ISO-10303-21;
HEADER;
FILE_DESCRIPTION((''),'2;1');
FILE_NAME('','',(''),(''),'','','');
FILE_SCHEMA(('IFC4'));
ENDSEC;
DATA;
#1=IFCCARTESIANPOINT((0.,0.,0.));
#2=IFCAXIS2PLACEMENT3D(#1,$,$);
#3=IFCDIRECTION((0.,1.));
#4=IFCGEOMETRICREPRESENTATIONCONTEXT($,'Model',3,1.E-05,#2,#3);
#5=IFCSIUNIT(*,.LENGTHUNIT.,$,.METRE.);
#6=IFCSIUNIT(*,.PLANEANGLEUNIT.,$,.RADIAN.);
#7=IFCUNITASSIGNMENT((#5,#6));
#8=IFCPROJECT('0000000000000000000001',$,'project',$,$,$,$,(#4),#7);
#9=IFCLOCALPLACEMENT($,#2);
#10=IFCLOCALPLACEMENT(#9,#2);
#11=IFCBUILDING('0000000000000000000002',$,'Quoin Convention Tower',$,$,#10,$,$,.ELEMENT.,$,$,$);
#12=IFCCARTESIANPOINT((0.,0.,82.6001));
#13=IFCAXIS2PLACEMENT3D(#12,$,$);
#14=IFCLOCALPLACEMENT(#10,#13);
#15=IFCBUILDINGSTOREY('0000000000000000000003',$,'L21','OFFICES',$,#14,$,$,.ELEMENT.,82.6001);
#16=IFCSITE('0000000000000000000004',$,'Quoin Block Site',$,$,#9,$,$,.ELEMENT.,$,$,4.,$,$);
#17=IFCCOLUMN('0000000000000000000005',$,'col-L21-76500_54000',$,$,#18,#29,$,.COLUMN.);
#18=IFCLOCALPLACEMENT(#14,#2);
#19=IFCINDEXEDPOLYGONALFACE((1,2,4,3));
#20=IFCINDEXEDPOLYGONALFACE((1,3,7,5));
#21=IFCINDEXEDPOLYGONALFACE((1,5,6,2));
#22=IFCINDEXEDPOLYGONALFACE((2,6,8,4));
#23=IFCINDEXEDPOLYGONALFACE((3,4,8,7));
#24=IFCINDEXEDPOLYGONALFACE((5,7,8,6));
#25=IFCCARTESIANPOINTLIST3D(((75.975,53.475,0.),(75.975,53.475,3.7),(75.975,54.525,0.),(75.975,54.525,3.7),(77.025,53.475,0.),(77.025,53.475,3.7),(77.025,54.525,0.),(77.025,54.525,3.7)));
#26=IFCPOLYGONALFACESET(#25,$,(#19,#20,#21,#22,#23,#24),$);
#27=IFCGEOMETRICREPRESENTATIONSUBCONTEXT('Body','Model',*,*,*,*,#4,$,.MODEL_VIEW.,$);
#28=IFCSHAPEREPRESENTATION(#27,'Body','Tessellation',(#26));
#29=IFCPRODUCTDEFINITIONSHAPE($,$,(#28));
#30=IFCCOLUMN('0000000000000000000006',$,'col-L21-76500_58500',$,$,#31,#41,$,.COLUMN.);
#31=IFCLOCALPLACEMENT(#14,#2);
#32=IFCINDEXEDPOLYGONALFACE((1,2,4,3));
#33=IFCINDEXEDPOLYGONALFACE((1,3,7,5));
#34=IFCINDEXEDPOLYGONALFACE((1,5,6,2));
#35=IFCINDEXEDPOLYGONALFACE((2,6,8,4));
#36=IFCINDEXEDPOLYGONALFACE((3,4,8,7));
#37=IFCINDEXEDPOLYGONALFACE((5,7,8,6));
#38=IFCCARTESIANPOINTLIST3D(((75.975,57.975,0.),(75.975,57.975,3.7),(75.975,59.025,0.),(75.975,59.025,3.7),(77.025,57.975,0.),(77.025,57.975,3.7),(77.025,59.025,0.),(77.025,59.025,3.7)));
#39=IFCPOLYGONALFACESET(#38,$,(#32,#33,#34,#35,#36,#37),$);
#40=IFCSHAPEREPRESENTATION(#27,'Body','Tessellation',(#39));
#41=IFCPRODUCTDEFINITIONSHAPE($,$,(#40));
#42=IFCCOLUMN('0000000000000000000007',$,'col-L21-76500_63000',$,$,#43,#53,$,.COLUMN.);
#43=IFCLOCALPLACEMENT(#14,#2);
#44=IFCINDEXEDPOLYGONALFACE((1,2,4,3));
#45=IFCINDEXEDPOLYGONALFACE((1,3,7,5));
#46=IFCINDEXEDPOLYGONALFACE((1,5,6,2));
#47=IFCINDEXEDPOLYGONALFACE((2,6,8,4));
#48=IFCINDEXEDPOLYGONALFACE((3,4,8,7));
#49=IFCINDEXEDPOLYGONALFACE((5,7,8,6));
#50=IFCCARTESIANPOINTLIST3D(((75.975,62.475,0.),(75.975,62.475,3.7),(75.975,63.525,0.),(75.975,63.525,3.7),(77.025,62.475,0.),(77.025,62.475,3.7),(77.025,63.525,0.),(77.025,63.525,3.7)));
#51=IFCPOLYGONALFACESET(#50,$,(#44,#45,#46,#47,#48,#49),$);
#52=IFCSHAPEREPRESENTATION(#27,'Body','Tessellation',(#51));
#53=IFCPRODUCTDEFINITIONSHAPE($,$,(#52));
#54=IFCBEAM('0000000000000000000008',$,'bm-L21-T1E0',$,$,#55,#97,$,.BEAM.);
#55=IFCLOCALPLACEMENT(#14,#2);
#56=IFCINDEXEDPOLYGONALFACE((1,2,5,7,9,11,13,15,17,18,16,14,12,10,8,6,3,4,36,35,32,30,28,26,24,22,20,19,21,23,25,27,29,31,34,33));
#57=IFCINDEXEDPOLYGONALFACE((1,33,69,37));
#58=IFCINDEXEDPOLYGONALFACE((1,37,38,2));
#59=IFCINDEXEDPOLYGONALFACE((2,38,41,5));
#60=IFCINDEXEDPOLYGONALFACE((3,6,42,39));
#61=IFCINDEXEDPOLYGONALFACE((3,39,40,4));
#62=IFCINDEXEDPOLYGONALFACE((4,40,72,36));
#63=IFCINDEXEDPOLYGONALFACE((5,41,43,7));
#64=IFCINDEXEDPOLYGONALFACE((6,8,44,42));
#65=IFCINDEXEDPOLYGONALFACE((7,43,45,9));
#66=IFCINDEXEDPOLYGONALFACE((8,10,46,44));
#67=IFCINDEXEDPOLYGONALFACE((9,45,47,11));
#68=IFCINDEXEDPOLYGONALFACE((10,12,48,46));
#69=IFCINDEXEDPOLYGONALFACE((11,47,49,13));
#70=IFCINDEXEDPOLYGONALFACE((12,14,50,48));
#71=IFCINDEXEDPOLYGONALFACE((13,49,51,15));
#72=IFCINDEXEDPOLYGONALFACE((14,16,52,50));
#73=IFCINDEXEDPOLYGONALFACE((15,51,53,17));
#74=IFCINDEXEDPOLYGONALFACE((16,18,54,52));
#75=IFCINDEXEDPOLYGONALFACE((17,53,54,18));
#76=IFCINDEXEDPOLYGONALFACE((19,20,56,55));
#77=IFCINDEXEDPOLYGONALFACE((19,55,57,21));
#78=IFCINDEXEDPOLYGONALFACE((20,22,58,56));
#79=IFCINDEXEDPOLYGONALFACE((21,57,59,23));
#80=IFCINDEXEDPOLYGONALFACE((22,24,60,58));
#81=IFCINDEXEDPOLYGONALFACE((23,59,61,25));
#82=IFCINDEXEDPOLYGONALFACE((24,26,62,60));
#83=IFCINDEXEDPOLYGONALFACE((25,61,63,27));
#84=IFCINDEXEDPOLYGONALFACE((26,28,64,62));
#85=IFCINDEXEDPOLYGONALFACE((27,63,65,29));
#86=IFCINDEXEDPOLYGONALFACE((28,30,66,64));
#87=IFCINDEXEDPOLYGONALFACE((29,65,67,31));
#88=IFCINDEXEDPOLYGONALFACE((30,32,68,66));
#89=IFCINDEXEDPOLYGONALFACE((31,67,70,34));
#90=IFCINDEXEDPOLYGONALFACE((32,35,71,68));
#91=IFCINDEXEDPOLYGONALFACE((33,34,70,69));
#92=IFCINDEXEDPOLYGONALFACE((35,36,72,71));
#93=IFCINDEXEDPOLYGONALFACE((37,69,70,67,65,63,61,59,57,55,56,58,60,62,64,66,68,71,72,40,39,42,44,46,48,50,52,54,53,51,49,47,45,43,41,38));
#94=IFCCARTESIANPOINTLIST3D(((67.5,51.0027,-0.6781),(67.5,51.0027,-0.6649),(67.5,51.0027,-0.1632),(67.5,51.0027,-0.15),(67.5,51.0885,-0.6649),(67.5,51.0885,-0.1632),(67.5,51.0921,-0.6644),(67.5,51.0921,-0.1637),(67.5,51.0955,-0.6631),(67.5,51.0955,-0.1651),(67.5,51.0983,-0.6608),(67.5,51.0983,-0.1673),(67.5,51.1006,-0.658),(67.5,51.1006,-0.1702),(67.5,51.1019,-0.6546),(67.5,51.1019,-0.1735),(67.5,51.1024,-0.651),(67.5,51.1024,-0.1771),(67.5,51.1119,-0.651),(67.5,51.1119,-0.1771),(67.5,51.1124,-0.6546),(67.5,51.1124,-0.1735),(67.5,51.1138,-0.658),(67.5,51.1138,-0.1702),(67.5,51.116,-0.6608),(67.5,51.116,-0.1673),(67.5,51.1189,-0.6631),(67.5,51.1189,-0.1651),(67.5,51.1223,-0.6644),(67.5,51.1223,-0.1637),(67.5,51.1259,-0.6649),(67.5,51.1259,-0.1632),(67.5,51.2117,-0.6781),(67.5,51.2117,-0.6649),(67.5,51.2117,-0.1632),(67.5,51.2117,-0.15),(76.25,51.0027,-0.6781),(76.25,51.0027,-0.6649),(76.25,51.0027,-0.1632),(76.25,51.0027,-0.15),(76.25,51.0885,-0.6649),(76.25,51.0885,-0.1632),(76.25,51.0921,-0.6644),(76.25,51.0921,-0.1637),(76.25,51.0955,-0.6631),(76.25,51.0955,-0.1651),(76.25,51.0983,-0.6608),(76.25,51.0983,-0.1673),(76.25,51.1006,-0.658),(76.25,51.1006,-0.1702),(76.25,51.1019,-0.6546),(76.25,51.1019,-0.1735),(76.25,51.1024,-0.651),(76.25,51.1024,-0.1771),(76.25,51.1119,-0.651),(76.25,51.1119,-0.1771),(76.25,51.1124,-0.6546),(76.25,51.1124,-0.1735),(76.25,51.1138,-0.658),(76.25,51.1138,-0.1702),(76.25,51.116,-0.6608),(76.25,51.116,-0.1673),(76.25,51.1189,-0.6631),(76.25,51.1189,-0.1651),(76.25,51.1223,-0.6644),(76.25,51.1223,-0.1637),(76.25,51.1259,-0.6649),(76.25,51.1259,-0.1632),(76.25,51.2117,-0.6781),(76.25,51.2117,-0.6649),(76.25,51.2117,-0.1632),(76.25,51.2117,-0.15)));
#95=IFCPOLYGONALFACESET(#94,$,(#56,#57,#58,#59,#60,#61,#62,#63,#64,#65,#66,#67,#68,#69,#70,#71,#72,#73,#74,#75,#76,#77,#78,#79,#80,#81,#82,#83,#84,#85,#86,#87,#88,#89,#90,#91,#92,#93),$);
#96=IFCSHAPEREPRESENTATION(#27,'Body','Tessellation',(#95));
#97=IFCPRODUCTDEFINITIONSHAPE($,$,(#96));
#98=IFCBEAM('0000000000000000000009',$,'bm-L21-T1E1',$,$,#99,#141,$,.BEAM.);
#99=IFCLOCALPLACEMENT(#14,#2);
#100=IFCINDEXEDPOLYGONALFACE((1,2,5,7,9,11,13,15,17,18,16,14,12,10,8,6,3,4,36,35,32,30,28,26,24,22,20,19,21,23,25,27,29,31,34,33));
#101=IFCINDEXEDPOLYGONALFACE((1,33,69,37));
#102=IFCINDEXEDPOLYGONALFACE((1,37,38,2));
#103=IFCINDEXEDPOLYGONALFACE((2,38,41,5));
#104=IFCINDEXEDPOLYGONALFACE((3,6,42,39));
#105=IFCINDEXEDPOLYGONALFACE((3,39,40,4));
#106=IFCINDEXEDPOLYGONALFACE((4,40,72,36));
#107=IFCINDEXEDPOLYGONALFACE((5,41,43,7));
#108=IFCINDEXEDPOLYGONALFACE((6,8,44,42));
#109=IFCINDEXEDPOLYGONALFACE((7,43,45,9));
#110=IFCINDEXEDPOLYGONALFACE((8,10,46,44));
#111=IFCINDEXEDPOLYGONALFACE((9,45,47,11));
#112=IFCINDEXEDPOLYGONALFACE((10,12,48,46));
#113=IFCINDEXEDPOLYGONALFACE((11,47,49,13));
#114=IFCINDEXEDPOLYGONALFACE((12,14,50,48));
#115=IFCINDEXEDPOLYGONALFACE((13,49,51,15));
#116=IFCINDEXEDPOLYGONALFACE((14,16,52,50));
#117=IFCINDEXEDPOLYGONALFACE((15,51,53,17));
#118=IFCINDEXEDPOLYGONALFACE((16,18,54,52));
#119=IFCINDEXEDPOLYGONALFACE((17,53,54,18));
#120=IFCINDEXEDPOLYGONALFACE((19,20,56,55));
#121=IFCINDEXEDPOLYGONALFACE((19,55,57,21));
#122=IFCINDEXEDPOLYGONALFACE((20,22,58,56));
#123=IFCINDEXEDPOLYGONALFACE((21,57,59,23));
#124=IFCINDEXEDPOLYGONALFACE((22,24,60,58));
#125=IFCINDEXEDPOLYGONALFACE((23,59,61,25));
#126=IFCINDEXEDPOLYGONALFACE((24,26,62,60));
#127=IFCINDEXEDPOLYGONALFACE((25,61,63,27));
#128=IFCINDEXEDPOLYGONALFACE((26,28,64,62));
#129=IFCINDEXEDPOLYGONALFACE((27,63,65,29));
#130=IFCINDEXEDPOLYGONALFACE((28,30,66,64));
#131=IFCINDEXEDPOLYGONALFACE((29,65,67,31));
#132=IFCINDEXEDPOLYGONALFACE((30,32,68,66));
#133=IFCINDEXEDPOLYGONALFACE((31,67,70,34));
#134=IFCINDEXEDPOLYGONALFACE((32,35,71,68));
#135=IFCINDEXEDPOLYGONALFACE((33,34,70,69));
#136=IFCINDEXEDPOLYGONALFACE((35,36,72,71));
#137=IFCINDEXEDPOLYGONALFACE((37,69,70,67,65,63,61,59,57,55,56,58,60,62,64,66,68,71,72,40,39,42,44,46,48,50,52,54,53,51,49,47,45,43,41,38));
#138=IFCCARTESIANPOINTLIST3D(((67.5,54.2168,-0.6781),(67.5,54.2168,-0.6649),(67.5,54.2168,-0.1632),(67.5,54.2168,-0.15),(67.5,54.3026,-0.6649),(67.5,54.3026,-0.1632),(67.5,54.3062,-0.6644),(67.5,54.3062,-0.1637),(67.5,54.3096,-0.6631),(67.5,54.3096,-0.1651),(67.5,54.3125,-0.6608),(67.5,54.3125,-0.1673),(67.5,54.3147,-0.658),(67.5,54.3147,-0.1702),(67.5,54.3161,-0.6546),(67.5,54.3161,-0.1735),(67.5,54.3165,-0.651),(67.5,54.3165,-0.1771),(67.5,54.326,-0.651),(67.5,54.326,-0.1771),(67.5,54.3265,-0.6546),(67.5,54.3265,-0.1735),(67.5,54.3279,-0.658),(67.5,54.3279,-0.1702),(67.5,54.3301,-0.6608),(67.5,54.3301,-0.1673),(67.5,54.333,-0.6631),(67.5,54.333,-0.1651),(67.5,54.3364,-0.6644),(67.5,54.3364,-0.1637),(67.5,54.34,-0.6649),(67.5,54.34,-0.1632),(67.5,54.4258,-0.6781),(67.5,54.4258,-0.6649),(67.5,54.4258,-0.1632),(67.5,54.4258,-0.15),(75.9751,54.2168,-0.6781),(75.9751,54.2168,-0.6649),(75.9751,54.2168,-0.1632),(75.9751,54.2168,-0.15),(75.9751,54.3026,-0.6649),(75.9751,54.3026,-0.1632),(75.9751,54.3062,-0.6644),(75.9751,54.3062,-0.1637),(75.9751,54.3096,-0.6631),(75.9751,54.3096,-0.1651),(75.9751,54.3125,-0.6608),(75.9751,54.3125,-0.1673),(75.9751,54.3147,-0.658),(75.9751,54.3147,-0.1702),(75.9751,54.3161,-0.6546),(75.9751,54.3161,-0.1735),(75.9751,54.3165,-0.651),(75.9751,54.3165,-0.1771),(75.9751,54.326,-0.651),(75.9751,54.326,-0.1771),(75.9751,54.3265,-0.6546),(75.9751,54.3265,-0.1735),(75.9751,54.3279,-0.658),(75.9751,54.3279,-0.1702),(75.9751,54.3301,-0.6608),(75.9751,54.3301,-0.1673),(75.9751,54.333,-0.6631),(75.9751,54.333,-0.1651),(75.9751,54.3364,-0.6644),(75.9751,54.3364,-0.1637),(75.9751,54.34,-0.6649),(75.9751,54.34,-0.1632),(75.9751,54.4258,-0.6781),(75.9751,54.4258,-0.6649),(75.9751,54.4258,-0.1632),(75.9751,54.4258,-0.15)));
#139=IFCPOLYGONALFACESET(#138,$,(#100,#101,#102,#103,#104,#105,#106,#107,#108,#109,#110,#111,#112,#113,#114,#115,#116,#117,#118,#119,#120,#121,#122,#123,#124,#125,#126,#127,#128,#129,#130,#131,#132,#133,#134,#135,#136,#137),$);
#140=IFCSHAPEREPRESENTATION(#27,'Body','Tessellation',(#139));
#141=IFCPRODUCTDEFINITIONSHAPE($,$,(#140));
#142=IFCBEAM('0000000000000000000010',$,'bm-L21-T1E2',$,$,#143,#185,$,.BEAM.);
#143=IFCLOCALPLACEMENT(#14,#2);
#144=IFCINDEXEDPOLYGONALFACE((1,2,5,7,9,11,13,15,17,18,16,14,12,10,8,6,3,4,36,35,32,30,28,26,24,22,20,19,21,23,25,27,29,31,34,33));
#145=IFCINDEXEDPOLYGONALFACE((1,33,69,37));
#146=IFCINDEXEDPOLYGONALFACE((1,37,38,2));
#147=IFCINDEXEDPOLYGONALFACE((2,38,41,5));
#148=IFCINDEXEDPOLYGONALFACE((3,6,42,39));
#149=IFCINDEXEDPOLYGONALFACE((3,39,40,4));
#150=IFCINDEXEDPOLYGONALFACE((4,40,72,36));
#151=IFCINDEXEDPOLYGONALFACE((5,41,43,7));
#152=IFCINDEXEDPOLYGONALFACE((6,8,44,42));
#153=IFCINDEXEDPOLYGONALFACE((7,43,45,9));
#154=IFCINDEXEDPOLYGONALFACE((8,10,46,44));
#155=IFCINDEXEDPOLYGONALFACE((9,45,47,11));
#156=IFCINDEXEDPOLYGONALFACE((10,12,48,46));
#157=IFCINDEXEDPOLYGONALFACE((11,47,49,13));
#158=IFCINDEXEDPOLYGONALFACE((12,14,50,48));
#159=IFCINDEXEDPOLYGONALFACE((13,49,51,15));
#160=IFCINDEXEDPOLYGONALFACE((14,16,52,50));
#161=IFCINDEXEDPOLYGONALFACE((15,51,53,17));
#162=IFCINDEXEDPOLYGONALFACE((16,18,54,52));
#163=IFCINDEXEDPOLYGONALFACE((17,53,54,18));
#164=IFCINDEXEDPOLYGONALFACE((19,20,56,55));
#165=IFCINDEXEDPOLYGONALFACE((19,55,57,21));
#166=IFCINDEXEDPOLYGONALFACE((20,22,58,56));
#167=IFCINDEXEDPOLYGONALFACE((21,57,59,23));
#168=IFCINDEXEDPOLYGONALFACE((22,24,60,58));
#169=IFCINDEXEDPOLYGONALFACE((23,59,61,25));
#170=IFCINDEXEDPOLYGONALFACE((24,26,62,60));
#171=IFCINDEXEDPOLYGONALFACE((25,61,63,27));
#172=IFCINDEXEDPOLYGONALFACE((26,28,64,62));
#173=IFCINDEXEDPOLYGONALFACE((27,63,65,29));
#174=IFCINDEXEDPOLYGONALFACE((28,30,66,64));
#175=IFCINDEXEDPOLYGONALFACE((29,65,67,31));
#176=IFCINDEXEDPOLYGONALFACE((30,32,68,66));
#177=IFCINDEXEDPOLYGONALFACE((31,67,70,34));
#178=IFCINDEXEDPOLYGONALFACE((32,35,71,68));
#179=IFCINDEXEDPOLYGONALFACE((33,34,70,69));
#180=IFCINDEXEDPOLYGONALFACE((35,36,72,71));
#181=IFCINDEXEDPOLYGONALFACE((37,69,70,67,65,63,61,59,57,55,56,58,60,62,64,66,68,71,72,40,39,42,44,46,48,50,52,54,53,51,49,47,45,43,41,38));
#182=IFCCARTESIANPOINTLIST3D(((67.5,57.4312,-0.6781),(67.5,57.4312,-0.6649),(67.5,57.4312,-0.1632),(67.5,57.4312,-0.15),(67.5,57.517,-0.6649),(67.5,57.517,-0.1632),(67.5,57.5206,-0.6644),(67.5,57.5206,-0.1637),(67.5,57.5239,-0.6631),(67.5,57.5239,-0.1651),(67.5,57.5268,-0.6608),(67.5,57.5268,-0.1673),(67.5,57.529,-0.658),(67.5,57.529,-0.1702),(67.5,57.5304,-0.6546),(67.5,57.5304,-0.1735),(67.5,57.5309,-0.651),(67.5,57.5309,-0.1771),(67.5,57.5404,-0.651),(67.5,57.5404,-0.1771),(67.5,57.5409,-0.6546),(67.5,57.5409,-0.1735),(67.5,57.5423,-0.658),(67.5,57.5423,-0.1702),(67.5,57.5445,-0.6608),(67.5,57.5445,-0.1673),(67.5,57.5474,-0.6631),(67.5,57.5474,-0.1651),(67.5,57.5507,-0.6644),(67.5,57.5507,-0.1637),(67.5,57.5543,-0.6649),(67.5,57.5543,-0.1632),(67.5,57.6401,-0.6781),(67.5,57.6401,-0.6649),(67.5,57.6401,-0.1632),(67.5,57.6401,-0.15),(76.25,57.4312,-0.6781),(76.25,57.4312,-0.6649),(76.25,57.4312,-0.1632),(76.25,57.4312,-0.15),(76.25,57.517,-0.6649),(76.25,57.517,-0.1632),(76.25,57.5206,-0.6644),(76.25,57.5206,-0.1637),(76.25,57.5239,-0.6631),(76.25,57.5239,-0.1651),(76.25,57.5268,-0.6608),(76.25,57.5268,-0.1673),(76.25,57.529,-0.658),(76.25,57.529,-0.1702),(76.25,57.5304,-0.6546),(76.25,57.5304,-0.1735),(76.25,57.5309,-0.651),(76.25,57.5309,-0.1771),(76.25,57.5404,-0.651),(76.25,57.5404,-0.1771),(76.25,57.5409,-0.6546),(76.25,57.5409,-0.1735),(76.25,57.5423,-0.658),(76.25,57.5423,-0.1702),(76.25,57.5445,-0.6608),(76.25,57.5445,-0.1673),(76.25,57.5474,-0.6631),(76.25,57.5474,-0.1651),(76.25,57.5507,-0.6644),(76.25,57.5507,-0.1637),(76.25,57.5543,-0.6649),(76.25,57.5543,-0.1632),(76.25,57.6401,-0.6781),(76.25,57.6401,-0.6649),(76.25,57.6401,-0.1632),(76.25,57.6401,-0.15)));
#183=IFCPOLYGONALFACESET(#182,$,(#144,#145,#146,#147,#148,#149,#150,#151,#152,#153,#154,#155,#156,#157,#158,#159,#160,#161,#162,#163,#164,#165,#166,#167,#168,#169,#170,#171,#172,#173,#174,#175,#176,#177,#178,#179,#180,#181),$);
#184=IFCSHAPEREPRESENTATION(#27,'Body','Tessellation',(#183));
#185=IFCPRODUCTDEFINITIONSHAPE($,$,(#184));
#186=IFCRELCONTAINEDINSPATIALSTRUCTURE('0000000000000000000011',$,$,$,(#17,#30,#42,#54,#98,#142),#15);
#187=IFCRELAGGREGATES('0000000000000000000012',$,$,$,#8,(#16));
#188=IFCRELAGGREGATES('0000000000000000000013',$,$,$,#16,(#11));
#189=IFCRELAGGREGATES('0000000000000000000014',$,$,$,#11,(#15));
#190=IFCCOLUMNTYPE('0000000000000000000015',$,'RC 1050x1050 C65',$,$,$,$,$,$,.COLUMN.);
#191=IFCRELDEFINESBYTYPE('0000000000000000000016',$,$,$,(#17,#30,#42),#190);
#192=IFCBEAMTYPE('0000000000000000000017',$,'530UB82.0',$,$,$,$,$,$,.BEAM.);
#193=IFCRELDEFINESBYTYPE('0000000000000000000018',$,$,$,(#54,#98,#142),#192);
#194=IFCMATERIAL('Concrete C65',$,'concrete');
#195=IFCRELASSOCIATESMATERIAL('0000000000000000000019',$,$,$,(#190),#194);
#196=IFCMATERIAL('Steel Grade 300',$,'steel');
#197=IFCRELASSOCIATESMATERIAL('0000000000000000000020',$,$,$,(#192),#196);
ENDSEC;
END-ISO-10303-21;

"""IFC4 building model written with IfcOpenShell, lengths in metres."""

from ifc_helpers import new_model, si_unit, direction, frame, origin, origin_2d, place, context, subcontext, project, spatial, rectangle, i_section, extrude, material, material_profile, profile_set, type_object, element, save


model = new_model("IFC4")

# Units and contexts
model_context = context("Model", 3, precision=1e-05, world=origin(), true_north=direction((0.0, 1.0)))
body_context = subcontext(model_context, "Body", "Model", "MODEL_VIEW")
ifc_project = project(units=[si_unit("LENGTHUNIT", "METRE"), si_unit("PLANEANGLEUNIT", "RADIAN")], contexts=[model_context])

# Site, building, storey
site_placement = place(None, origin())
site = spatial("IfcSite", under=ifc_project, at=site_placement, Name="Quoin Block Site", CompositionType="ELEMENT", RefElevation=4.0)
building_placement = place(site_placement, origin())
building = spatial("IfcBuilding", under=site, at=building_placement, Name="Quoin Convention Tower", CompositionType="ELEMENT")
storey_placement = place(building_placement, frame((0.0, 0.0, 82.6001)))
storey = spatial("IfcBuildingStorey", under=building, at=storey_placement, Name="L21", Description="OFFICES", CompositionType="ELEMENT", Elevation=82.6001)

# Columns
ifc_material_1 = material(Name="Concrete C65", Category="concrete")
ifc_material_profile_1 = material_profile(ifc_material_1, rectangle(XDim=1.05, YDim=1.05, at=origin_2d()), Name="RC 1050x1050")
ifc_profile_set_1 = profile_set([ifc_material_profile_1], Name="Concrete C65")
column_type = type_object("IfcColumnType", Name="RC 1050x1050 C65", PredefinedType="COLUMN", material=ifc_profile_set_1)
for number, where, z_axis, x_axis, name in (
    (1, (76.5, 54.0, 0.0), (0.0, 0.0, 1.0), (1.0, 0.0, 0.0), "col-L21-76500_54000"),
    (2, (76.5, 58.5, 0.0), (0.0, 0.0, 1.0), (1.0, 0.0, 0.0), "col-L21-76500_58500"),
    (3, (76.5, 63.0, 0.0), (0.0, 0.0, 1.0), (1.0, 0.0, 0.0), "col-L21-76500_63000"),
):
    element("IfcColumn", number, at=place(storey_placement, frame(where, z_axis=z_axis, x_axis=x_axis)), inside=storey, type_object=column_type, Name=name, PredefinedType="COLUMN", context=body_context, shape_type="SweptSolid", body=[
        extrude(rectangle(XDim=1.05, YDim=1.05, at=origin_2d()), origin(), (0.0, 0.0, 1.0), 3.7),
    ])

# Beams
ifc_material_2 = material(Name="Steel Grade 300", Category="steel")
ifc_material_profile_2 = material_profile(ifc_material_2, i_section(OverallWidth=0.209, OverallDepth=0.5281, WebThickness=0.0095, FlangeThickness=0.0132, FilletRadius=0.0139, at=origin_2d()), Name="530UB82.0")
ifc_profile_set_2 = profile_set([ifc_material_profile_2], Name="Steel Grade 300")
beam_type_1 = type_object("IfcBeamType", Name="530UB82.0", PredefinedType="BEAM", material=ifc_profile_set_2)
beam_1_placement = place(storey_placement, frame((67.5, 51.1072, -0.4141), z_axis=(1.0, 0.0, 0.0), x_axis=(0.0, 1.0, 0.0)))
element("IfcBeam", 4, at=beam_1_placement, inside=storey, type_object=beam_type_1, Name="bm-L21-T1E0", PredefinedType="BEAM", context=body_context, shape_type="SweptSolid", body=[
    extrude(i_section(OverallWidth=0.209, OverallDepth=0.5281, WebThickness=0.0095, FlangeThickness=0.0132, FilletRadius=0.0139, at=origin_2d()), origin(), (0.0, 0.0, 1.0), 8.75),
])
beam_2_placement = place(storey_placement, frame((67.5, 54.3213, -0.4141), z_axis=(1.0, 0.0, 0.0), x_axis=(0.0, 1.0, 0.0)))
element("IfcBeam", 5, at=beam_2_placement, inside=storey, type_object=beam_type_1, Name="bm-L21-T1E1", PredefinedType="BEAM", context=body_context, shape_type="SweptSolid", body=[
    extrude(i_section(OverallWidth=0.209, OverallDepth=0.5281, WebThickness=0.0095, FlangeThickness=0.0132, FilletRadius=0.0139, at=origin_2d()), origin(), (0.0, 0.0, 1.0), 8.4751),
])
for number, where, z_axis, x_axis, name in (
    (6, (67.5, 57.5356, -0.4141), (1.0, 0.0, 0.0), (0.0, 1.0, 0.0), "bm-L21-T1E2"),
):
    element("IfcBeam", number, at=place(storey_placement, frame(where, z_axis=z_axis, x_axis=x_axis)), inside=storey, type_object=beam_type_1, Name=name, PredefinedType="BEAM", context=body_context, shape_type="SweptSolid", body=[
        extrude(i_section(OverallWidth=0.209, OverallDepth=0.5281, WebThickness=0.0095, FlangeThickness=0.0132, FilletRadius=0.0139, at=origin_2d()), origin(), (0.0, 0.0, 1.0), 8.75),
    ])

save(model, "model.ifc")
